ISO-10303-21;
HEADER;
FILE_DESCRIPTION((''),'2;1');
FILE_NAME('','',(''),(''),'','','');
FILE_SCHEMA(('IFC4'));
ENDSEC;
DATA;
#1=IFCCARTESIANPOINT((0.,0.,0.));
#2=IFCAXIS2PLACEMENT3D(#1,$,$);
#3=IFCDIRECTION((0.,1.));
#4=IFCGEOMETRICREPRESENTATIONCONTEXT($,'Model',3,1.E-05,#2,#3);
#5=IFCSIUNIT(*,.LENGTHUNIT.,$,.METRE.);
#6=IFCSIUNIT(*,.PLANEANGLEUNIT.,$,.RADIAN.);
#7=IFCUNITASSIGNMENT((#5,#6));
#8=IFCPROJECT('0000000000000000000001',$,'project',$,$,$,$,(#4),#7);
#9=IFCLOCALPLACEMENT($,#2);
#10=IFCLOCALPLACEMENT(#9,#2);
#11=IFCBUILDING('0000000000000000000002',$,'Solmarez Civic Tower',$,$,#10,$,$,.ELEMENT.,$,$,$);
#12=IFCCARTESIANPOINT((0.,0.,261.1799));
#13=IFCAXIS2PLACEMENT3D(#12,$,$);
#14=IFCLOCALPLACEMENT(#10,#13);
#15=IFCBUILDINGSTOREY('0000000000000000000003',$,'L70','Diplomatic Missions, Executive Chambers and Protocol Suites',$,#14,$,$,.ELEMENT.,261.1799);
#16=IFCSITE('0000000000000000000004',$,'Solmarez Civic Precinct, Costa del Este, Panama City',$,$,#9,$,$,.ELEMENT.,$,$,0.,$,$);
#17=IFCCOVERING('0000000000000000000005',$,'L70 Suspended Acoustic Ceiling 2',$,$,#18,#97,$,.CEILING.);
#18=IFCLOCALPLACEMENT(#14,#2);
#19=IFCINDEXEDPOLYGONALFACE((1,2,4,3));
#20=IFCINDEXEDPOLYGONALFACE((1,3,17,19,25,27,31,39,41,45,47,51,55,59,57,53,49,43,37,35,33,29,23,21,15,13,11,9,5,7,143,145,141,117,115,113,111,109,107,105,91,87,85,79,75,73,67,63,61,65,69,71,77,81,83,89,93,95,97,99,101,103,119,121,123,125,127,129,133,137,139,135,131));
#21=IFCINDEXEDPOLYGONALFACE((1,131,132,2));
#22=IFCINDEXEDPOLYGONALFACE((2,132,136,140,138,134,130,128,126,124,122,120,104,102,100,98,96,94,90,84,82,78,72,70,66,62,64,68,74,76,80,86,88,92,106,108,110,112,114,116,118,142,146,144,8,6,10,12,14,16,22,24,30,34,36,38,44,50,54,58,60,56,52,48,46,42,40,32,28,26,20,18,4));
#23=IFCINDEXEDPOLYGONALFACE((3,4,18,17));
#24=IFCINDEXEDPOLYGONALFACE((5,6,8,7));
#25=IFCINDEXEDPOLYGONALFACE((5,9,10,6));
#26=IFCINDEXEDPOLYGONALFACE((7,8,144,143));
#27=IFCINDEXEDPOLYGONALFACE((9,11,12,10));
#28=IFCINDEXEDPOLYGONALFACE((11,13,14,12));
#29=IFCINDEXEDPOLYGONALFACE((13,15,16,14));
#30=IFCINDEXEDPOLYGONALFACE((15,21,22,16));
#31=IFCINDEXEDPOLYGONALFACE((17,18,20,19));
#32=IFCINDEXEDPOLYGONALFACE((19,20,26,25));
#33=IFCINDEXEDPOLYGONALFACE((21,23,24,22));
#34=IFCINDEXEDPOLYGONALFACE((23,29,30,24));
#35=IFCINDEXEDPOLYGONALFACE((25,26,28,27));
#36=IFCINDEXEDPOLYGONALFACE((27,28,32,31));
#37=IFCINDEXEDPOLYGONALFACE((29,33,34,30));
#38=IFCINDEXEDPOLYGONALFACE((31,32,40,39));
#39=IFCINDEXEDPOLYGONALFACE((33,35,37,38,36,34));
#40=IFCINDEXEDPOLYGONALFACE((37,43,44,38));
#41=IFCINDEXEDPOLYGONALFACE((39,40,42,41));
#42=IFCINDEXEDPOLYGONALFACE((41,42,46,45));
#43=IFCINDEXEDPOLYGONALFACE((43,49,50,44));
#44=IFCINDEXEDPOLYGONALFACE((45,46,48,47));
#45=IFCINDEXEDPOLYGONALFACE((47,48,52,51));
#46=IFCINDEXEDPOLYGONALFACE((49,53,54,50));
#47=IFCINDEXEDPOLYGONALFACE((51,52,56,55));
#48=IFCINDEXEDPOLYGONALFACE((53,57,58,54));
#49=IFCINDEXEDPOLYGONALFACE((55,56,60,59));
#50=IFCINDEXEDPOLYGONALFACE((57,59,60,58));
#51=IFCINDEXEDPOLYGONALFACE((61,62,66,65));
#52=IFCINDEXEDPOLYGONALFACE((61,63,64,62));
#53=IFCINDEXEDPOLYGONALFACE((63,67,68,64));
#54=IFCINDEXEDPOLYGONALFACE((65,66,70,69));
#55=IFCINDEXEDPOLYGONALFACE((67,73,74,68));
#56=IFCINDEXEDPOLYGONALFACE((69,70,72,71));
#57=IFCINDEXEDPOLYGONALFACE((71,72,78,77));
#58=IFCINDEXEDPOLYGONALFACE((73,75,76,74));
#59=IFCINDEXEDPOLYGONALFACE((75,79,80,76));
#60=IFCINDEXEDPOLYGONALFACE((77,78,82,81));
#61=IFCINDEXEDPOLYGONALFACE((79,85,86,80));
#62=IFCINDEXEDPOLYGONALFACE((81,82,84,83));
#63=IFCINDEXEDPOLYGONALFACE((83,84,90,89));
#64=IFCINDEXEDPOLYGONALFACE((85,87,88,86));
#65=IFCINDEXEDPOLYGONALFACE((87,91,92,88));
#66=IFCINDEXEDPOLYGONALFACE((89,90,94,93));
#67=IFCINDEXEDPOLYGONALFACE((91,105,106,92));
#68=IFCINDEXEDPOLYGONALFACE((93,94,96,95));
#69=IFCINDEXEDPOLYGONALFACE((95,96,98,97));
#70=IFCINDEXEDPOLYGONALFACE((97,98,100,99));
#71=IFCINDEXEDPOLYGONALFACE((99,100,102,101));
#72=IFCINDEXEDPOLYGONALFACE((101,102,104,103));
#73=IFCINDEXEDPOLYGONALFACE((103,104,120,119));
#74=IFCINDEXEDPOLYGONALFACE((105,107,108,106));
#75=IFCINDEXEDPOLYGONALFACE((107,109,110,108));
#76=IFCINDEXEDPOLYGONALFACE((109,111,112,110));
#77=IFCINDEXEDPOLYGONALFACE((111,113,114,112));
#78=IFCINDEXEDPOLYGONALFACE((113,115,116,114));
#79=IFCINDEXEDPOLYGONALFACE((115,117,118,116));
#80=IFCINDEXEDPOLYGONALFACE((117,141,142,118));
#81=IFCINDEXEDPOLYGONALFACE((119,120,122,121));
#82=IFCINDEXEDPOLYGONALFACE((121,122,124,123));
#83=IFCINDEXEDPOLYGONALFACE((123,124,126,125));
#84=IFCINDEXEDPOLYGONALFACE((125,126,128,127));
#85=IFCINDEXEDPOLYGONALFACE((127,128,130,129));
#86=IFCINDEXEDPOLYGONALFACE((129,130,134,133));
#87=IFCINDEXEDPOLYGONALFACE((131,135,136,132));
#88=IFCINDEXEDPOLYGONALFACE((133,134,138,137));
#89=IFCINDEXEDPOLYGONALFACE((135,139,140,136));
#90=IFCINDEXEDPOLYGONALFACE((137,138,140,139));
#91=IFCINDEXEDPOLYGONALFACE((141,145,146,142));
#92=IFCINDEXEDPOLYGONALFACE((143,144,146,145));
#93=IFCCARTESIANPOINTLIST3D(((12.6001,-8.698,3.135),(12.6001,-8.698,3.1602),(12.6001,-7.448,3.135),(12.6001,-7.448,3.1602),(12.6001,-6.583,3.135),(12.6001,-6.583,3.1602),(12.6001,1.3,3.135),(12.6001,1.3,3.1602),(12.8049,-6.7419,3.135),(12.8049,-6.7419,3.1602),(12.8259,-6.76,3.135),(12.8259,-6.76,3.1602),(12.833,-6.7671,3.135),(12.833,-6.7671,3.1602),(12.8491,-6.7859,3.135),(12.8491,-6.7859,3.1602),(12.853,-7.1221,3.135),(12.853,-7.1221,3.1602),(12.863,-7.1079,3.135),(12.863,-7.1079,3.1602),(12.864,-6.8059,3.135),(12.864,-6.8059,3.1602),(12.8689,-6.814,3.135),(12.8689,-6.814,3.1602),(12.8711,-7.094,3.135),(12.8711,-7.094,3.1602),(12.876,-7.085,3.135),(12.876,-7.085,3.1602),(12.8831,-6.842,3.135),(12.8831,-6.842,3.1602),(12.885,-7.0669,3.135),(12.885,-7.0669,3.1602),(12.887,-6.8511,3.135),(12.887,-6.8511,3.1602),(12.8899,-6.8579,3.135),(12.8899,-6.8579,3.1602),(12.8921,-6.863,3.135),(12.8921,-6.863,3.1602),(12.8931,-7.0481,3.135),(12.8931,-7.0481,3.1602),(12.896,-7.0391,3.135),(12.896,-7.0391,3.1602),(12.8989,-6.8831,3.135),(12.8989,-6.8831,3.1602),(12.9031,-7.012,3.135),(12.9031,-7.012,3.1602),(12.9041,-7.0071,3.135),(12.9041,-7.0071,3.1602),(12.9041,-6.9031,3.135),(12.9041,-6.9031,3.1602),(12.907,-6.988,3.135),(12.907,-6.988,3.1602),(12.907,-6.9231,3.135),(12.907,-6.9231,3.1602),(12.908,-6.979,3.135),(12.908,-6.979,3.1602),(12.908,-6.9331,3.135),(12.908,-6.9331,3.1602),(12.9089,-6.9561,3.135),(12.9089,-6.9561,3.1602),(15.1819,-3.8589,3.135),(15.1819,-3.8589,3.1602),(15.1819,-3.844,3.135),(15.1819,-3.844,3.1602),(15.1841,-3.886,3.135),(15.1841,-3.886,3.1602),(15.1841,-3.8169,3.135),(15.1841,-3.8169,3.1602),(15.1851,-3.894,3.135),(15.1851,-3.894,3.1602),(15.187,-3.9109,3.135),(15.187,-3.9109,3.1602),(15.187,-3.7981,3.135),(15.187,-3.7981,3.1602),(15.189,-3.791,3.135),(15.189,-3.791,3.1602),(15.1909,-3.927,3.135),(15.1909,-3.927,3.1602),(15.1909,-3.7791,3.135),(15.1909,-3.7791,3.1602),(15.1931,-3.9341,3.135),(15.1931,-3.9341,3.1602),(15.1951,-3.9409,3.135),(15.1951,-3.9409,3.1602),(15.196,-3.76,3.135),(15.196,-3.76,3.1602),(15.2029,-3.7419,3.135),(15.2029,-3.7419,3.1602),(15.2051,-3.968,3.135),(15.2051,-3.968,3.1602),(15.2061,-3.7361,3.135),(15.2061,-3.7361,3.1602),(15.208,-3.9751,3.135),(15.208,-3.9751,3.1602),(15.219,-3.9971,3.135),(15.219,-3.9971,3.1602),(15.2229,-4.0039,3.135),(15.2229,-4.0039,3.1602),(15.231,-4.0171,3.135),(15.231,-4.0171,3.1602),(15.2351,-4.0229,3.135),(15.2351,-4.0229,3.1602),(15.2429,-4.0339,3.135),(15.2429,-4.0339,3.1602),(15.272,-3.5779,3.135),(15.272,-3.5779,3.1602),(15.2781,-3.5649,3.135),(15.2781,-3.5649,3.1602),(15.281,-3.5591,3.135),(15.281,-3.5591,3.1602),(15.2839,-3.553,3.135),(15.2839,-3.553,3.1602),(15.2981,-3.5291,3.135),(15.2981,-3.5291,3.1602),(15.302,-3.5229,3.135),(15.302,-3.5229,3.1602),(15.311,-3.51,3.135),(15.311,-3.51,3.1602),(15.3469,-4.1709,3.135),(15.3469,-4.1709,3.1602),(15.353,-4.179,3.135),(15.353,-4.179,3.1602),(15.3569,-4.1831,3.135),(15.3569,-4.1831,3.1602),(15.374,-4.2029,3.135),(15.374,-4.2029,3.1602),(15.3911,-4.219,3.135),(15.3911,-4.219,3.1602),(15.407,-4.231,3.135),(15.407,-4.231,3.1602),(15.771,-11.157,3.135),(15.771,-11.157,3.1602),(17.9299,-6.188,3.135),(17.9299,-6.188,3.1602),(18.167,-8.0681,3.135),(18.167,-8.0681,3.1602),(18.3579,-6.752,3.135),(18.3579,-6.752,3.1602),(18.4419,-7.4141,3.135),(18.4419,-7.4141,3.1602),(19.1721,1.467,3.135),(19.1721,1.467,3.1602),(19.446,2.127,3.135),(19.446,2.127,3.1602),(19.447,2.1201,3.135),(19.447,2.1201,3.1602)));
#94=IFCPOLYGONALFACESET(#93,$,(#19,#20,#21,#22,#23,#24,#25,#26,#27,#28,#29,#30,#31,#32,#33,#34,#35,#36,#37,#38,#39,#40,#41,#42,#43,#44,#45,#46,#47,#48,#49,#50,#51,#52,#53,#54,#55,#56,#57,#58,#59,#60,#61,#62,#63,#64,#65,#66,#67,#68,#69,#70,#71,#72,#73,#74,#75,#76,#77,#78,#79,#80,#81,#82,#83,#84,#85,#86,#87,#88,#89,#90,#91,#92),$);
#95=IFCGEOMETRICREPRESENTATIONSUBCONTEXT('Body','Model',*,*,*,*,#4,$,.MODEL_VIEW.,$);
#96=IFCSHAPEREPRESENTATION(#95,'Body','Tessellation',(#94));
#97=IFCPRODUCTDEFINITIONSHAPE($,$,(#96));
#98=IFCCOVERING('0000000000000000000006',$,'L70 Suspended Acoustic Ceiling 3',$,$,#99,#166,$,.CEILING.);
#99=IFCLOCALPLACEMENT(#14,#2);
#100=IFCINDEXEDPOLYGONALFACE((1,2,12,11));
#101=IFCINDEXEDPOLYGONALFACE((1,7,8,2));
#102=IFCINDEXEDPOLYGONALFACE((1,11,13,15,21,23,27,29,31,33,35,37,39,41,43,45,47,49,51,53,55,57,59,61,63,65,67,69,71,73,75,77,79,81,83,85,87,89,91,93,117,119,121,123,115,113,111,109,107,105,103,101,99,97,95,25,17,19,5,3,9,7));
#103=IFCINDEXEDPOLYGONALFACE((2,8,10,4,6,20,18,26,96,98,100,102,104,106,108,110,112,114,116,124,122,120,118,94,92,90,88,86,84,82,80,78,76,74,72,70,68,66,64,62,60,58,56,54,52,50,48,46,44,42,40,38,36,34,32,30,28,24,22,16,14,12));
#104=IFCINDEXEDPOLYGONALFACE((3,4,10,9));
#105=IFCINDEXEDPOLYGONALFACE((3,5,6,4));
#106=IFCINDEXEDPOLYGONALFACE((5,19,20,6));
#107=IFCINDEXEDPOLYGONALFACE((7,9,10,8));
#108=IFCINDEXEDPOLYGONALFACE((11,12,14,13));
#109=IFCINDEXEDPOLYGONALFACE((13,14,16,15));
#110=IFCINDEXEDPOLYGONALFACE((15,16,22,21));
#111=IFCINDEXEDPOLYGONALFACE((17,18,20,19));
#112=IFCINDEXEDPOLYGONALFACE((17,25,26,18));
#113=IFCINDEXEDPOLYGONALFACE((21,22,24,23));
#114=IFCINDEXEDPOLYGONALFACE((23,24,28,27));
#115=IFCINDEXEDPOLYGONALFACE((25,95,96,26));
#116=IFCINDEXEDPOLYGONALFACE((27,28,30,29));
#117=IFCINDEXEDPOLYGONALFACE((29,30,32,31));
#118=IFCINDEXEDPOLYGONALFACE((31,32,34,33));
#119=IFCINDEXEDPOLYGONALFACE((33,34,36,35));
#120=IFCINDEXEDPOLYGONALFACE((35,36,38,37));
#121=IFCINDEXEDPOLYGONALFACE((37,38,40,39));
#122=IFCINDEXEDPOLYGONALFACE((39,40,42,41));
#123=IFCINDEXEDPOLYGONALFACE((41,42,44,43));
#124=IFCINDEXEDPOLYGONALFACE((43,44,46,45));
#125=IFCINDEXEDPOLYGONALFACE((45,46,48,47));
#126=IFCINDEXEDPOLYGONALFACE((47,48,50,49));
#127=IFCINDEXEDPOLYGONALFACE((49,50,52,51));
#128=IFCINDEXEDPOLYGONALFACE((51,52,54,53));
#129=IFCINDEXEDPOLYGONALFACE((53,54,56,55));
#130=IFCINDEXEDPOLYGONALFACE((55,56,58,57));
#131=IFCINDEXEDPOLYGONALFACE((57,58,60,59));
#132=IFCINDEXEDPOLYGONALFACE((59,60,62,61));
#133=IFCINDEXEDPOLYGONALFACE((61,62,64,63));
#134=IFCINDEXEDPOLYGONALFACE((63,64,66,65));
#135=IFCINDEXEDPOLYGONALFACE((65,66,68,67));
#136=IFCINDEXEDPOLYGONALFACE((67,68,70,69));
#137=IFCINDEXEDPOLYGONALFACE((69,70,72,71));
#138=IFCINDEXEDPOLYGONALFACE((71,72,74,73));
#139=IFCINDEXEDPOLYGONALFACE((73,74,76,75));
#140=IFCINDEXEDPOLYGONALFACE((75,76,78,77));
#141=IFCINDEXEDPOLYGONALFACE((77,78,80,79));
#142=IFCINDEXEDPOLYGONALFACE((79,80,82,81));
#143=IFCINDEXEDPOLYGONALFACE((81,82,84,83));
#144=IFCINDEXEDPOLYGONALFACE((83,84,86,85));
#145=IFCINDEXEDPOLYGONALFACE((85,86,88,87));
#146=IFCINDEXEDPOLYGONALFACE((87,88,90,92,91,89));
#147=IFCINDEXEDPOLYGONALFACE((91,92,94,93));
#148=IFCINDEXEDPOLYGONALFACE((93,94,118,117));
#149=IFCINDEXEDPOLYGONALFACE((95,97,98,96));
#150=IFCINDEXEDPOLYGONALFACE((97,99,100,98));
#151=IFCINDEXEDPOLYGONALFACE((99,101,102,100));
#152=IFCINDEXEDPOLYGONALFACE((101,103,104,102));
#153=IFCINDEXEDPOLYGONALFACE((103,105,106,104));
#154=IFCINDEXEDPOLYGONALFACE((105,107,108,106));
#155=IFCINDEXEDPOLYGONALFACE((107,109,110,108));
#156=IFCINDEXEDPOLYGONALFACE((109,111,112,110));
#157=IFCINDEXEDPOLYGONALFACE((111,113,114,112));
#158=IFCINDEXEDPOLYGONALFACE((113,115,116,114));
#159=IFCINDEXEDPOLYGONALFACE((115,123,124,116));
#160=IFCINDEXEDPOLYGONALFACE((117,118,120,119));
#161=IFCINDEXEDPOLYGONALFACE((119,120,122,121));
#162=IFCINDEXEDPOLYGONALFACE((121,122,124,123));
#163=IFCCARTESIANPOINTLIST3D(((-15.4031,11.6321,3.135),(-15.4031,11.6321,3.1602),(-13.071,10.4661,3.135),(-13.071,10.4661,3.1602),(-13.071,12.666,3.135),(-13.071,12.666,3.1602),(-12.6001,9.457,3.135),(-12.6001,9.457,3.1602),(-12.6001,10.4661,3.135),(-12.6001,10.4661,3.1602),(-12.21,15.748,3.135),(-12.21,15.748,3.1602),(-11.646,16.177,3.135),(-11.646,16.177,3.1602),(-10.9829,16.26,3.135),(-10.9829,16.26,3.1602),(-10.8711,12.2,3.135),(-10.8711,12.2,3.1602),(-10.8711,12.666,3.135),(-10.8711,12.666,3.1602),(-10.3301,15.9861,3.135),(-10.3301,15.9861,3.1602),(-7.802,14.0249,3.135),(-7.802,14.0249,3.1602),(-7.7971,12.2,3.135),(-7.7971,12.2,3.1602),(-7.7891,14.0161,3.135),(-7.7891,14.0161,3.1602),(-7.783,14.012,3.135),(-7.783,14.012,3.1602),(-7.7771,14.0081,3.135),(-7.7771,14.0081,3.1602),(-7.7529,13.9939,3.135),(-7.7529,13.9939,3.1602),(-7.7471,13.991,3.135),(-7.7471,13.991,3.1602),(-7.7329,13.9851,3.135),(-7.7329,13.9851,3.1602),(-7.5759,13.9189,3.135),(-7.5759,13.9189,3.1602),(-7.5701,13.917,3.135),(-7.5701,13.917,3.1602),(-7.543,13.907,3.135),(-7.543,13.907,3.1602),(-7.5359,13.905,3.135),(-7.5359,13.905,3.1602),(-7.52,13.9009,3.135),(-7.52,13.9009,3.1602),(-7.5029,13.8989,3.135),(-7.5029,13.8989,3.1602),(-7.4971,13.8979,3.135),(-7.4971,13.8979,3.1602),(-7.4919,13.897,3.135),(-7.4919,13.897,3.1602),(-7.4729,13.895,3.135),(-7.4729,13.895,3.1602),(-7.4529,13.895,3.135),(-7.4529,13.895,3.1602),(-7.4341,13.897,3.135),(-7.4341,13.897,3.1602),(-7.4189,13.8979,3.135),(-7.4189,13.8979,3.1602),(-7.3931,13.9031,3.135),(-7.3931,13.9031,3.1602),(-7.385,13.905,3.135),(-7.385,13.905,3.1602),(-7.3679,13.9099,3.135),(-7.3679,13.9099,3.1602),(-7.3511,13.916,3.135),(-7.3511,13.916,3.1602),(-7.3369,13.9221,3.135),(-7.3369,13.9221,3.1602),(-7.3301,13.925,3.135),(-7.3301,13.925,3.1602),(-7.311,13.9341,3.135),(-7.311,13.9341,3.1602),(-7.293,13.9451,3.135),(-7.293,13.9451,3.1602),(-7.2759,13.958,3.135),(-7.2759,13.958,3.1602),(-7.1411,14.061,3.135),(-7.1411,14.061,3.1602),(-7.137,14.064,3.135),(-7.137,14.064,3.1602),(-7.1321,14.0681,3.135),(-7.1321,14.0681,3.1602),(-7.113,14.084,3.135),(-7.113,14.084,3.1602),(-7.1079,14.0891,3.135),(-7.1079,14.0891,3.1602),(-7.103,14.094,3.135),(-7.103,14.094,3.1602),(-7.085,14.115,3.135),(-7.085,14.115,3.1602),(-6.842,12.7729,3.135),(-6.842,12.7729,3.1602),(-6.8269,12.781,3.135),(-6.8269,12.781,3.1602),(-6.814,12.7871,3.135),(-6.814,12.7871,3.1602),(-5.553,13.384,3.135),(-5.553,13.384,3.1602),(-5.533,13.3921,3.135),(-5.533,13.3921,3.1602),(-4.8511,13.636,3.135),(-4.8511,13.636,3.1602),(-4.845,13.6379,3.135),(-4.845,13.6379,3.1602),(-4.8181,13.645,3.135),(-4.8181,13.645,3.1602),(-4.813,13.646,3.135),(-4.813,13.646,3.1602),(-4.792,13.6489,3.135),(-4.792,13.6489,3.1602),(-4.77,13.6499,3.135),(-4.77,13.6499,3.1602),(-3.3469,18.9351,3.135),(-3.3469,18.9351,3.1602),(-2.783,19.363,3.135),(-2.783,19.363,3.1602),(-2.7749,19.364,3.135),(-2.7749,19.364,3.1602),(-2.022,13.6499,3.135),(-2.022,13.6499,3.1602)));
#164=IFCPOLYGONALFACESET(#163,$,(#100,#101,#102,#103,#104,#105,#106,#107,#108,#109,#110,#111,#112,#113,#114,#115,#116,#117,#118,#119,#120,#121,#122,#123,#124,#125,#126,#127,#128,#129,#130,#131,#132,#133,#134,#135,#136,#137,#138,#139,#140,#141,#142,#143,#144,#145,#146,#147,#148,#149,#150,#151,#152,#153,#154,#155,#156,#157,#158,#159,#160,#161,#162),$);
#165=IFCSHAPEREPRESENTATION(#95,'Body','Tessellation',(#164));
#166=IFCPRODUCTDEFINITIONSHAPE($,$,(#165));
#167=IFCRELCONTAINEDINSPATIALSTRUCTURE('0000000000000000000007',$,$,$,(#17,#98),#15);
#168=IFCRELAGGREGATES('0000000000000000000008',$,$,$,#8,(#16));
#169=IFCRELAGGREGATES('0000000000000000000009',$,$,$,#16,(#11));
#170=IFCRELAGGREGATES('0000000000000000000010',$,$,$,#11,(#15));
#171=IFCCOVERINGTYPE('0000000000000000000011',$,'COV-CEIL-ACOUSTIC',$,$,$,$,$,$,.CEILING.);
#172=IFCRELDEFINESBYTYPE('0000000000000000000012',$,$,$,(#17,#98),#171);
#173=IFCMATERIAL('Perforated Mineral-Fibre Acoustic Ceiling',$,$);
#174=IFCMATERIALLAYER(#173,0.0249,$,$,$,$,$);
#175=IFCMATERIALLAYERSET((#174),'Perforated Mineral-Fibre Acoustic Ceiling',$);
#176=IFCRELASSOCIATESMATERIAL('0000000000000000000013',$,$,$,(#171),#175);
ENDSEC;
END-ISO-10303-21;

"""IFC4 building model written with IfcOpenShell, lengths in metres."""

from ifc_helpers import new_model, si_unit, direction, frame, origin, place, context, subcontext, project, spatial, polyline, outline, extrude, material, layer, layer_set, type_object, element, save


model = new_model("IFC4")

# Units and contexts
model_context = context("Model", 3, precision=1e-05, world=origin(), true_north=direction((0.0, 1.0)))
body_context = subcontext(model_context, "Body", "Model", "MODEL_VIEW")
ifc_project = project(units=[si_unit("LENGTHUNIT", "METRE"), si_unit("PLANEANGLEUNIT", "RADIAN")], contexts=[model_context])

# Site, building, storey
site_placement = place(None, origin())
site = spatial("IfcSite", under=ifc_project, at=site_placement, Name="Solmarez Civic Precinct, Costa del Este, Panama City", CompositionType="ELEMENT", RefElevation=0.0)
building_placement = place(site_placement, origin())
building = spatial("IfcBuilding", under=site, at=building_placement, Name="Solmarez Civic Tower", CompositionType="ELEMENT")
storey_placement = place(building_placement, frame((0.0, 0.0, 261.1799)))
storey = spatial("IfcBuildingStorey", under=building, at=storey_placement, Name="L70", Description="Diplomatic Missions, Executive Chambers and Protocol Suites", CompositionType="ELEMENT", Elevation=261.1799)

# Coverings
ifc_material_1 = material(Name="Perforated Mineral-Fibre Acoustic Ceiling")
ifc_layer_1 = layer(ifc_material_1, 0.0249)
ifc_layer_set_1 = layer_set([ifc_layer_1], Name="Perforated Mineral-Fibre Acoustic Ceiling")
covering_type_1 = type_object("IfcCoveringType", Name="COV-CEIL-ACOUSTIC", PredefinedType="CEILING", material=ifc_layer_set_1)
covering_1_placement = place(storey_placement, frame((0.0, 0.0, 3.135)))
element("IfcCovering", 1, at=covering_1_placement, inside=storey, type_object=covering_type_1, Name="L70 Suspended Acoustic Ceiling 2", PredefinedType="CEILING", context=body_context, shape_type="SweptSolid", body=[
    extrude(outline(polyline([(12.6001, 1.3), (12.6001, -6.583), (12.8049, -6.7419), (12.8259, -6.76), (12.833, -6.7671), (12.8491, -6.7859), (12.864, -6.8059), (12.8689, -6.814), (12.8831, -6.842), (12.887, -6.8511), (12.8899, -6.8579), (12.8921, -6.863), (12.8989, -6.8831), (12.9041, -6.9031), (12.907, -6.9231), (12.908, -6.9331), (12.9089, -6.9561), (12.908, -6.979), (12.907, -6.988), (12.9041, -7.0071), (12.9031, -7.012), (12.896, -7.0391), (12.8931, -7.0481), (12.885, -7.0669), (12.876, -7.085), (12.8711, -7.094), (12.863, -7.1079), (12.853, -7.1221), (12.6001, -7.448), (12.6001, -8.698), (15.771, -11.157), (18.167, -8.0681), (18.4419, -7.4141), (18.3579, -6.752), (17.9299, -6.188), (15.407, -4.231), (15.3911, -4.219), (15.374, -4.2029), (15.3569, -4.1831), (15.353, -4.179), (15.3469, -4.1709), (15.2429, -4.0339), (15.2351, -4.0229), (15.231, -4.0171), (15.2229, -4.0039), (15.219, -3.9971), (15.208, -3.9751), (15.2051, -3.968), (15.1951, -3.9409), (15.1931, -3.9341), (15.1909, -3.927), (15.187, -3.9109), (15.1851, -3.894), (15.1841, -3.886), (15.1819, -3.8589), (15.1819, -3.844), (15.1841, -3.8169), (15.187, -3.7981), (15.189, -3.791), (15.1909, -3.7791), (15.196, -3.76), (15.2029, -3.7419), (15.2061, -3.7361), (15.272, -3.5779), (15.2781, -3.5649), (15.281, -3.5591), (15.2839, -3.553), (15.2981, -3.5291), (15.302, -3.5229), (15.311, -3.51), (19.1721, 1.467), (19.447, 2.1201), (19.446, 2.127), (12.6001, 1.3)])), origin(), (0.0, 0.0, 1.0), 0.0251),
])
covering_2_placement = place(storey_placement, frame((0.0, 0.0, 3.135)))
element("IfcCovering", 2, at=covering_2_placement, inside=storey, type_object=covering_type_1, Name="L70 Suspended Acoustic Ceiling 3", PredefinedType="CEILING", context=body_context, shape_type="SweptSolid", body=[
    extrude(outline(polyline([(-12.6001, 9.457), (-12.6001, 10.4661), (-13.071, 10.4661), (-13.071, 12.666), (-10.8711, 12.666), (-10.8711, 12.2), (-7.7971, 12.2), (-6.842, 12.7729), (-6.8269, 12.781), (-6.814, 12.7871), (-5.553, 13.384), (-5.533, 13.3921), (-4.8511, 13.636), (-4.845, 13.6379), (-4.8181, 13.645), (-4.813, 13.646), (-4.792, 13.6489), (-4.77, 13.6499), (-2.022, 13.6499), (-2.7749, 19.364), (-2.783, 19.363), (-3.3469, 18.9351), (-7.085, 14.115), (-7.103, 14.094), (-7.1079, 14.0891), (-7.113, 14.084), (-7.1321, 14.0681), (-7.137, 14.064), (-7.1411, 14.061), (-7.2759, 13.958), (-7.293, 13.9451), (-7.311, 13.9341), (-7.3301, 13.925), (-7.3369, 13.9221), (-7.3511, 13.916), (-7.3679, 13.9099), (-7.385, 13.905), (-7.3931, 13.9031), (-7.4189, 13.8979), (-7.4341, 13.897), (-7.4529, 13.895), (-7.4729, 13.895), (-7.4919, 13.897), (-7.4971, 13.8979), (-7.5029, 13.8989), (-7.52, 13.9009), (-7.5359, 13.905), (-7.543, 13.907), (-7.5701, 13.917), (-7.5759, 13.9189), (-7.7329, 13.9851), (-7.7471, 13.991), (-7.7529, 13.9939), (-7.7771, 14.0081), (-7.783, 14.012), (-7.7891, 14.0161), (-7.802, 14.0249), (-10.3301, 15.9861), (-10.9829, 16.26), (-11.646, 16.177), (-12.21, 15.748), (-15.4031, 11.6321), (-12.6001, 9.457)])), origin(), (0.0, 0.0, 1.0), 0.0251),
])

save(model, "model.ifc")
